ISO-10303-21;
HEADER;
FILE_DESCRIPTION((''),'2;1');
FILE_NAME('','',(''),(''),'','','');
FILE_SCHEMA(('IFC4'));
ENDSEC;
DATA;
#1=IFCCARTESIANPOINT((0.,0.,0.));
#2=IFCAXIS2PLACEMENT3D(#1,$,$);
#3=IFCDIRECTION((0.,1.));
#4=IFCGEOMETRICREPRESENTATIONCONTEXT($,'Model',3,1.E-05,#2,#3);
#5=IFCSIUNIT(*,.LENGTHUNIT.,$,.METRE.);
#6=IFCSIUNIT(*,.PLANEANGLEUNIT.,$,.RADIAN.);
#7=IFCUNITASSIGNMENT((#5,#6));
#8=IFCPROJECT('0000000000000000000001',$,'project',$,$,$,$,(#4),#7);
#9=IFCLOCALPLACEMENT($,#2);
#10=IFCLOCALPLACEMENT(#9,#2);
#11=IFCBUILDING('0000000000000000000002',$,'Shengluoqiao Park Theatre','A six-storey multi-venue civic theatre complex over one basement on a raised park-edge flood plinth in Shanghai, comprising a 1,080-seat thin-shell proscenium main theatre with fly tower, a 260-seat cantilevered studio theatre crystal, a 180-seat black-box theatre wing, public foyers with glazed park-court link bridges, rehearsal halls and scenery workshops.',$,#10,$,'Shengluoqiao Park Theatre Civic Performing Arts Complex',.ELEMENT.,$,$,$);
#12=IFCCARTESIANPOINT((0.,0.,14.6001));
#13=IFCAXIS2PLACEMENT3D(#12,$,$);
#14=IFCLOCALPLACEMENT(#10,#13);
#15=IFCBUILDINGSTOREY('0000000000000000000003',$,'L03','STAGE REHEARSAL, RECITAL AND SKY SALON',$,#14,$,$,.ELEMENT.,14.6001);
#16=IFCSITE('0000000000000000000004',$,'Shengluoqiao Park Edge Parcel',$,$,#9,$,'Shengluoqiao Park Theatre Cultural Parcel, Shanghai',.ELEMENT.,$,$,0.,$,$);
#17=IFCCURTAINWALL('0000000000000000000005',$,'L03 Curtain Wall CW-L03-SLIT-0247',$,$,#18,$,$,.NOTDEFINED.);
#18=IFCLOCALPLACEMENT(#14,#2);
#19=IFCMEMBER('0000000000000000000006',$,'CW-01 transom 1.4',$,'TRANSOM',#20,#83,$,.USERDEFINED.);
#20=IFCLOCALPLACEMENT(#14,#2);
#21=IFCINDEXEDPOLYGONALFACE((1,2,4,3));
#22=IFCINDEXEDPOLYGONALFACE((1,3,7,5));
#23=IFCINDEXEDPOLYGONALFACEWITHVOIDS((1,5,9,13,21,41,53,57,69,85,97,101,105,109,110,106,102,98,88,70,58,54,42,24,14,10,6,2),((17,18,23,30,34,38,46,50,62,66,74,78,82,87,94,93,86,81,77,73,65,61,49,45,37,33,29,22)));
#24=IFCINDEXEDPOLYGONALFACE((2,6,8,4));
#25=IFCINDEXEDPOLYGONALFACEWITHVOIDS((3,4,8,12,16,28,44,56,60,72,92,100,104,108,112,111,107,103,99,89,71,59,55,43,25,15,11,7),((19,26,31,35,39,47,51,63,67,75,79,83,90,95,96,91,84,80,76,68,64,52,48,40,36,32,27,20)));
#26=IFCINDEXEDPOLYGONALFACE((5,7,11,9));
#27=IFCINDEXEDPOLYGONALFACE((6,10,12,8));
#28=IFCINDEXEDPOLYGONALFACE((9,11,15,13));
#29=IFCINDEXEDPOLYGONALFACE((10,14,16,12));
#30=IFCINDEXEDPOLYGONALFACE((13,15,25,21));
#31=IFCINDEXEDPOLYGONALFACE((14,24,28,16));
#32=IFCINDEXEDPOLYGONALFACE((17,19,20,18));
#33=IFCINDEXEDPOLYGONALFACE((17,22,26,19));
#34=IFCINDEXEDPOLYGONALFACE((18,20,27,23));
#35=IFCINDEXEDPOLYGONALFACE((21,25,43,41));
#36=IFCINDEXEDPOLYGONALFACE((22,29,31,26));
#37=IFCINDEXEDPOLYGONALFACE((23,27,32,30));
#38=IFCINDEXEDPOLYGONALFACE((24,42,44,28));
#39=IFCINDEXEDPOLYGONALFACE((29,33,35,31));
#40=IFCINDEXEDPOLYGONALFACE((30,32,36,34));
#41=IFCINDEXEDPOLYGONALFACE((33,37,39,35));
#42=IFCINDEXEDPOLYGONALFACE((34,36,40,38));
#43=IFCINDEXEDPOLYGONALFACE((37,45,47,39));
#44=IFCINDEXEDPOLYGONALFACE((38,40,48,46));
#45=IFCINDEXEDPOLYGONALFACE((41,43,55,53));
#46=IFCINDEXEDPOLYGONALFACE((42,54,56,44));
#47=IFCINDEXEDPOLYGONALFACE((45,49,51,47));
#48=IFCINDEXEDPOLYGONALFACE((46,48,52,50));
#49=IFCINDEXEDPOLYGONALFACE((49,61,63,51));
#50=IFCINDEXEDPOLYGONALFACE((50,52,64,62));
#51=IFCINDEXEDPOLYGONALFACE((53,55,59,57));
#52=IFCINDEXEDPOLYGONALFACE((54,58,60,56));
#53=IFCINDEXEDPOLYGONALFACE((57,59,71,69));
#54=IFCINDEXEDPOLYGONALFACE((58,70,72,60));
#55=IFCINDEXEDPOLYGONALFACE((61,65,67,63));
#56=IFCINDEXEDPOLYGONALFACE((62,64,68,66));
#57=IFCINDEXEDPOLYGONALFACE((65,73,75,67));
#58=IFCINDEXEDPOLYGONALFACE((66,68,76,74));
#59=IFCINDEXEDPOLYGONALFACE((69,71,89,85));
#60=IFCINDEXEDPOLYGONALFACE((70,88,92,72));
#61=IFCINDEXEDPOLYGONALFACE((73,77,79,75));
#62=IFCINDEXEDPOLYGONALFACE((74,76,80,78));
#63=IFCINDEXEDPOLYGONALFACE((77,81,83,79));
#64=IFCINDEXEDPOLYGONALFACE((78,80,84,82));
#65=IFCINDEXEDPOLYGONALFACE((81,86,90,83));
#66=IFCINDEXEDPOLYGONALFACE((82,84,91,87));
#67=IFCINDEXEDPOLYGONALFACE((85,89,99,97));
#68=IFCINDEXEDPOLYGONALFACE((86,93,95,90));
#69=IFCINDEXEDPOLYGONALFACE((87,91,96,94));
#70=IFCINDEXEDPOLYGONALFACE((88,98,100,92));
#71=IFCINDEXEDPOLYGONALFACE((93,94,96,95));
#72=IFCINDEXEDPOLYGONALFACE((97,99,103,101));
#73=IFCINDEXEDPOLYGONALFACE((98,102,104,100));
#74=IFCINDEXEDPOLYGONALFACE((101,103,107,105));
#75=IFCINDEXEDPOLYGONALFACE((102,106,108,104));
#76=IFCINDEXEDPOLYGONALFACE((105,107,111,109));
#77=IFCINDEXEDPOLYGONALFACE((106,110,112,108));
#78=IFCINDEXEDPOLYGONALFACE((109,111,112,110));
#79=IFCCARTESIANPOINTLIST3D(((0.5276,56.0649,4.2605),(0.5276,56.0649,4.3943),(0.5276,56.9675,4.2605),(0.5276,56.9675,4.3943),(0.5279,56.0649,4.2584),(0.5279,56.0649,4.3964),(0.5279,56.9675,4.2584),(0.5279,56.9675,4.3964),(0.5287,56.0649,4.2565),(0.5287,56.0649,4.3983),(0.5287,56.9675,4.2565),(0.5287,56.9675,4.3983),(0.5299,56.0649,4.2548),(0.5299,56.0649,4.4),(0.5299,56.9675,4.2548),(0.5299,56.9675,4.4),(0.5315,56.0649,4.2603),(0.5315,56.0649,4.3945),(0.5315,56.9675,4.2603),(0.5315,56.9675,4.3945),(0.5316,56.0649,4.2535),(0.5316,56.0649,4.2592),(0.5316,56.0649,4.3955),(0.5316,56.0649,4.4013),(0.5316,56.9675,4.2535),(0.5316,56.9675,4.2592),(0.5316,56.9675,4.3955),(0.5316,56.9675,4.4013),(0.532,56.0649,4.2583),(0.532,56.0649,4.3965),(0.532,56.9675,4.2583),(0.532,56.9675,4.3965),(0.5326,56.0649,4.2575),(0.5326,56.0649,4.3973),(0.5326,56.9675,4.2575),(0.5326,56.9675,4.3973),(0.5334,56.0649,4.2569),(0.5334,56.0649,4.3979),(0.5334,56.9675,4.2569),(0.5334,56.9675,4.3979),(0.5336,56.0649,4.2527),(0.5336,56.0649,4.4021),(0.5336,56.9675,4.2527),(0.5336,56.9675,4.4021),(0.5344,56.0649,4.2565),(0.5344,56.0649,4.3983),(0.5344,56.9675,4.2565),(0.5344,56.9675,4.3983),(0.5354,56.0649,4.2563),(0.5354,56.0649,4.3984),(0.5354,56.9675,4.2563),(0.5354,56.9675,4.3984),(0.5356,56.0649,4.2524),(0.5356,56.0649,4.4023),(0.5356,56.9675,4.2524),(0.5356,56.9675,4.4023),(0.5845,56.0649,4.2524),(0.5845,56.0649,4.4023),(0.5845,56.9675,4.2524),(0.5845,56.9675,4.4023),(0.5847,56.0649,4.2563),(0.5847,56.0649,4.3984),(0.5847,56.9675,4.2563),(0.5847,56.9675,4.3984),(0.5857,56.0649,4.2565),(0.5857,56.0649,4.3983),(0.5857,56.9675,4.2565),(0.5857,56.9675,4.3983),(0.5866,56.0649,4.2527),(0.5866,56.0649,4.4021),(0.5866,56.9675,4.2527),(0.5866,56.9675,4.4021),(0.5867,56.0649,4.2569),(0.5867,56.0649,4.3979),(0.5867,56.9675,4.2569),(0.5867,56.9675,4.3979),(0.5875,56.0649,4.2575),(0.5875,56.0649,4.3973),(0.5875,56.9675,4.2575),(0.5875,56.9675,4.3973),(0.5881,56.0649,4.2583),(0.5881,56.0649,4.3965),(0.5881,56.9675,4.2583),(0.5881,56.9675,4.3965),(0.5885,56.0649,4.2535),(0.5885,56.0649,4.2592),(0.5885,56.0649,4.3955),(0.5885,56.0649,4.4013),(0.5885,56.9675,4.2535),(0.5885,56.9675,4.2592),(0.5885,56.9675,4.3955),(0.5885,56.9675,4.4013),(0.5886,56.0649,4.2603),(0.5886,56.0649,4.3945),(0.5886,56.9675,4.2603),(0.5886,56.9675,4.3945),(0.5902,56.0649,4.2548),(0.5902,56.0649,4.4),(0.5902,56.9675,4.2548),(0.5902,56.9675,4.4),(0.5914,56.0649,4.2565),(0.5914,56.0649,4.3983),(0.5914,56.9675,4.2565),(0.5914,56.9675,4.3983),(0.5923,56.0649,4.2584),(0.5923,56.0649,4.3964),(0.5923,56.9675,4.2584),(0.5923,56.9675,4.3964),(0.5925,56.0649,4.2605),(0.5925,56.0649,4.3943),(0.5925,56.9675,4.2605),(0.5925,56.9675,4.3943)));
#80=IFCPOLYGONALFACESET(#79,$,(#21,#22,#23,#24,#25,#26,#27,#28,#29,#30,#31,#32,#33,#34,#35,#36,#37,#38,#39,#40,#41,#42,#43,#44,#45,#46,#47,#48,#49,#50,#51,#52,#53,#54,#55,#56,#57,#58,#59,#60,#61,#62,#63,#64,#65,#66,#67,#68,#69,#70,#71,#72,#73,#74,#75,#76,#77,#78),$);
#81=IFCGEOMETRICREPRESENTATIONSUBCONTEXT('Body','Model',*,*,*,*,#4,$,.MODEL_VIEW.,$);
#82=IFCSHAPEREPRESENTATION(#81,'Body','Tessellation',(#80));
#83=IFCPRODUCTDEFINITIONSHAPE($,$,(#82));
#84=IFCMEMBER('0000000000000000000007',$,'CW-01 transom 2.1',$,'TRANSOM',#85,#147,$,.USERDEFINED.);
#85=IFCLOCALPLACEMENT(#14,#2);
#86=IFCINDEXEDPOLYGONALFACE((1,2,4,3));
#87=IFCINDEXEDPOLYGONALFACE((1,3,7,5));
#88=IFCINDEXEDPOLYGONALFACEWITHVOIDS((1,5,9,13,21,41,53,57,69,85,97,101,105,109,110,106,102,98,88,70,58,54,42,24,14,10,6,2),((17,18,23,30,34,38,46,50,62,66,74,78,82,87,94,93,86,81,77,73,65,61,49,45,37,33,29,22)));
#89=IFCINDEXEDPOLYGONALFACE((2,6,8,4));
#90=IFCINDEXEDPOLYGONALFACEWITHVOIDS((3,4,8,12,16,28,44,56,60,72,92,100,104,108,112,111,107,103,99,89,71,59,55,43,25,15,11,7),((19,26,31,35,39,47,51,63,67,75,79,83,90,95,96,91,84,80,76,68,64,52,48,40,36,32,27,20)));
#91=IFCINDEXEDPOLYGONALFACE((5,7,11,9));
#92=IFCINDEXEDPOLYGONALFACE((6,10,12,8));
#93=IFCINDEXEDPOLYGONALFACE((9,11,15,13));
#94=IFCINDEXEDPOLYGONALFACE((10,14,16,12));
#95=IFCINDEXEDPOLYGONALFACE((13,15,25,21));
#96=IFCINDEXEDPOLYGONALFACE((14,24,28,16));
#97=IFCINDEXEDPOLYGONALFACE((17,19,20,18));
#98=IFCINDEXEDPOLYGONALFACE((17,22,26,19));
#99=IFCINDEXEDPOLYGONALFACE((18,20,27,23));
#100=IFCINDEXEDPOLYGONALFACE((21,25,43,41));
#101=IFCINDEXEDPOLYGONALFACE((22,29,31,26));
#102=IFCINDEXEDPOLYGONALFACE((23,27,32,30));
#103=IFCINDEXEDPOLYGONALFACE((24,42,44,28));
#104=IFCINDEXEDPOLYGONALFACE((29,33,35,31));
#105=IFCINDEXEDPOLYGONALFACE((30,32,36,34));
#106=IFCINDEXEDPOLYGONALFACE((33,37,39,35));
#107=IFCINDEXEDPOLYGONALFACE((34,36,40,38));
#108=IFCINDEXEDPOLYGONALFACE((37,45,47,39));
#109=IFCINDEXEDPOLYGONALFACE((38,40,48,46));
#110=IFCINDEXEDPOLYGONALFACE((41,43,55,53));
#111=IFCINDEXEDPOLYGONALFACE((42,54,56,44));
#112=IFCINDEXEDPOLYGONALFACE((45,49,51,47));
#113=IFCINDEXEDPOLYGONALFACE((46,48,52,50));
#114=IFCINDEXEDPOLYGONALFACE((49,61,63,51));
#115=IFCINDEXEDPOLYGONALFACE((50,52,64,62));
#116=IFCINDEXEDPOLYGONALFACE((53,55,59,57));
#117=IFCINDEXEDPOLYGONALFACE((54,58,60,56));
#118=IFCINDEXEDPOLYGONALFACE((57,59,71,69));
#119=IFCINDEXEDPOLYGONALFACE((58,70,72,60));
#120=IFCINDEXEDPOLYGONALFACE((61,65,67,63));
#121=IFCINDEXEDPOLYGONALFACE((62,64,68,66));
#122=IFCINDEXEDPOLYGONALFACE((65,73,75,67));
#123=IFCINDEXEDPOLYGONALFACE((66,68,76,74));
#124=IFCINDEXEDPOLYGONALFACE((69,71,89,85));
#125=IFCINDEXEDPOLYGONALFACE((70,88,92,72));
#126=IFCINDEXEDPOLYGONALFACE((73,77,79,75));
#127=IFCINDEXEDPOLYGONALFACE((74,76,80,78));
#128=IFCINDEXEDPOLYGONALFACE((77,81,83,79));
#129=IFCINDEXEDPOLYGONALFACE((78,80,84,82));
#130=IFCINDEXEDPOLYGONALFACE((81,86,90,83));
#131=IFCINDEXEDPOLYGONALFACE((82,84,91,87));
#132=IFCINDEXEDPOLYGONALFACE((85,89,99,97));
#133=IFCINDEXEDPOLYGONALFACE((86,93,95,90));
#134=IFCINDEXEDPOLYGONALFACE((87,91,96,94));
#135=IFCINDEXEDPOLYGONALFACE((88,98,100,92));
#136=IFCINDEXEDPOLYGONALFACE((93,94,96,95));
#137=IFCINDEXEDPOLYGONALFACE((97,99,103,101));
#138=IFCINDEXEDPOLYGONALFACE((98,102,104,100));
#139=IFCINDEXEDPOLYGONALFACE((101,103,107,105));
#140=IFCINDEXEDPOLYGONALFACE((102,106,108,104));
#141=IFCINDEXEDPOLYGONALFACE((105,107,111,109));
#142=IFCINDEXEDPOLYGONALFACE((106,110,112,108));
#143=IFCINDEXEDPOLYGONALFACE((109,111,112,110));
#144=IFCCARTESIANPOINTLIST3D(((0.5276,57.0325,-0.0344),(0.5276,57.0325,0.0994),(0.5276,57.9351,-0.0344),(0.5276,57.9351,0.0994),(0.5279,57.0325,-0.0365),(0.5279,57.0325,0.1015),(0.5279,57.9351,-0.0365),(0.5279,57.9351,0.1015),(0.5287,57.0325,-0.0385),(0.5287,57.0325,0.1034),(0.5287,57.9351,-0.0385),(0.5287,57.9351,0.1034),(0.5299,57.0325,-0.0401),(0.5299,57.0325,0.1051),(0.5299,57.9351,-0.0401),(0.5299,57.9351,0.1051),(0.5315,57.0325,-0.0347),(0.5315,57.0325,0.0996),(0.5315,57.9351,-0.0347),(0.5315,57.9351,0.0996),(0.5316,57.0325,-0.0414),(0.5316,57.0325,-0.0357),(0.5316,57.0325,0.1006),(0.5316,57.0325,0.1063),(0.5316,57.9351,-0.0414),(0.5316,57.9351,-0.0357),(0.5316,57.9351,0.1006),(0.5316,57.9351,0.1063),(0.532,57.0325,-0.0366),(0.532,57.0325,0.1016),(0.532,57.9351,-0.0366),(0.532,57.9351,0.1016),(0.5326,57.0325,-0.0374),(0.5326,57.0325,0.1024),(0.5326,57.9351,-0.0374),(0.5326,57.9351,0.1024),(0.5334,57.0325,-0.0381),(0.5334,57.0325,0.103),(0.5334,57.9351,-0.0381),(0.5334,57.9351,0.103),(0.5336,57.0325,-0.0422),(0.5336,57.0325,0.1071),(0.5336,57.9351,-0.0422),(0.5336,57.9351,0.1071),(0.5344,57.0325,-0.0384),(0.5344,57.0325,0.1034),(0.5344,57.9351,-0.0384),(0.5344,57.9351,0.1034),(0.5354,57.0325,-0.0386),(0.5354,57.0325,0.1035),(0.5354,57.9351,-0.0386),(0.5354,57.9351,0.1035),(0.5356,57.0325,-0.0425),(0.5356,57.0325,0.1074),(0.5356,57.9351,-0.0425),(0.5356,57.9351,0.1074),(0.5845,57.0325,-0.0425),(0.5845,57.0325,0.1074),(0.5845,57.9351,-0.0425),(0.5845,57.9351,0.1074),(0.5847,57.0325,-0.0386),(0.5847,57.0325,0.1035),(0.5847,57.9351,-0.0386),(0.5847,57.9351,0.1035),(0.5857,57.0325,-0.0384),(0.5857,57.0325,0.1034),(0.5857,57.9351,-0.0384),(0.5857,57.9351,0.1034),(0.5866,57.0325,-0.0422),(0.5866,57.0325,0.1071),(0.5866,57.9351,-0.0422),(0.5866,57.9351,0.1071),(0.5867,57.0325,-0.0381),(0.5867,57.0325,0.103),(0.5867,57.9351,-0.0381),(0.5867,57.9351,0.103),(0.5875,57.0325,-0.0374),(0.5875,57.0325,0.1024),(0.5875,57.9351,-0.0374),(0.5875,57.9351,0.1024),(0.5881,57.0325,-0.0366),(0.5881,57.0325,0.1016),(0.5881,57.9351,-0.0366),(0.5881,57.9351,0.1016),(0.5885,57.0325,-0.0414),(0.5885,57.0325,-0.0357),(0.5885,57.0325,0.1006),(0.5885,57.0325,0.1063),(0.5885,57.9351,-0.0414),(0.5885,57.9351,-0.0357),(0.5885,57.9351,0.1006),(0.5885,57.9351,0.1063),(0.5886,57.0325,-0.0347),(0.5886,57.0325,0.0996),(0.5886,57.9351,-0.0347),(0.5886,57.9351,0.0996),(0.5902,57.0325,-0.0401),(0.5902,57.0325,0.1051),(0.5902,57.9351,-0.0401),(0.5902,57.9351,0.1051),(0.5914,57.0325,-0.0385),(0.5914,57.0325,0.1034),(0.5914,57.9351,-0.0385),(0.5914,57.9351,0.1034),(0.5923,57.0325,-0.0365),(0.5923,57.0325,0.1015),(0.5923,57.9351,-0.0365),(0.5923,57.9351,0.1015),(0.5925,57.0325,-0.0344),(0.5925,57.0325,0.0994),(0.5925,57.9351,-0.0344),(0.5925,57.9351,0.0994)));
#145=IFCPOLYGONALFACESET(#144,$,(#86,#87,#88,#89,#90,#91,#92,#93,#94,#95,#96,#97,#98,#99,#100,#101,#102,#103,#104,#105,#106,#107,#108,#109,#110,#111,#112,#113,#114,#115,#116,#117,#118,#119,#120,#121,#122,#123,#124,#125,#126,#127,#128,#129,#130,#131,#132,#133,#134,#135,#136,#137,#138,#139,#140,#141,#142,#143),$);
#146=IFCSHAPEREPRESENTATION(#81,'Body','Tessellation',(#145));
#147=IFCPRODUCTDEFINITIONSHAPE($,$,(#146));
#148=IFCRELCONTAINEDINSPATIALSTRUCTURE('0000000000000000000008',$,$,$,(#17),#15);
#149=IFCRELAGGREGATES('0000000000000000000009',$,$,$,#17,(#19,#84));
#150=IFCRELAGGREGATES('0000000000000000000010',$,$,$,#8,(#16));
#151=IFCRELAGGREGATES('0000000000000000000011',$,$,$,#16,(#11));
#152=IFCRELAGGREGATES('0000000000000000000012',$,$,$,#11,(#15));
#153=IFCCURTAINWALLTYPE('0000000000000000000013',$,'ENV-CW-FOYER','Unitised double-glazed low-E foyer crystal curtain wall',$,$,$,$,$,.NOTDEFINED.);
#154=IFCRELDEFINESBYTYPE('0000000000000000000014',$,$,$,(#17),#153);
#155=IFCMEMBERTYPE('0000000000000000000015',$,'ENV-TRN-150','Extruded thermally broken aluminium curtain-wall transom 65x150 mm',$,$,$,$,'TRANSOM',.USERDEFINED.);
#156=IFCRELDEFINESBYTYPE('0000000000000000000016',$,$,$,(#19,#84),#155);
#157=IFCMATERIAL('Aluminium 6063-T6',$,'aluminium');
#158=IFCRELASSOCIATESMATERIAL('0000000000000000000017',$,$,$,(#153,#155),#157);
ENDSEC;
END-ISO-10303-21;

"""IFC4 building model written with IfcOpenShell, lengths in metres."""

from ifc_helpers import new_model, si_unit, direction, frame, origin, origin_2d, place, context, subcontext, project, spatial, hollow_rectangle, extrude, material, material_profile, profile_set, type_object, element, aggregate, save


model = new_model("IFC4")

# Units and contexts
model_context = context("Model", 3, precision=1e-05, world=origin(), true_north=direction((0.0, 1.0)))
body_context = subcontext(model_context, "Body", "Model", "MODEL_VIEW")
ifc_project = project(units=[si_unit("LENGTHUNIT", "METRE"), si_unit("PLANEANGLEUNIT", "RADIAN")], contexts=[model_context])

# Site, building, storey
site_placement = place(None, origin())
site = spatial("IfcSite", under=ifc_project, at=site_placement, Name="Shengluoqiao Park Edge Parcel", LongName="Shengluoqiao Park Theatre Cultural Parcel, Shanghai", CompositionType="ELEMENT", RefElevation=0.0)
building_placement = place(site_placement, origin())
building = spatial("IfcBuilding", under=site, at=building_placement, Name="Shengluoqiao Park Theatre", Description="A six-storey multi-venue civic theatre complex over one basement on a raised park-edge flood plinth in Shanghai, comprising a 1,080-seat thin-shell proscenium main theatre with fly tower, a 260-seat cantilevered studio theatre crystal, a 180-seat black-box theatre wing, public foyers with glazed park-court link bridges, rehearsal halls and scenery workshops.", LongName="Shengluoqiao Park Theatre Civic Performing Arts Complex", CompositionType="ELEMENT")
storey_placement = place(building_placement, frame((0.0, 0.0, 14.6001)))
storey = spatial("IfcBuildingStorey", under=building, at=storey_placement, Name="L03", Description="STAGE REHEARSAL, RECITAL AND SKY SALON", CompositionType="ELEMENT", Elevation=14.6001)

# Curtain wall, members
ifc_material_1 = material(Name="Aluminium 6063-T6", Category="aluminium")
curtain_wall_type = type_object("IfcCurtainWallType", Name="ENV-CW-FOYER", Description="Unitised double-glazed low-E foyer crystal curtain wall", PredefinedType="NOTDEFINED", material=ifc_material_1)
curtain_wall_placement = place(storey_placement, origin())
curtain_wall = element("IfcCurtainWall", 1, at=curtain_wall_placement, inside=storey, type_object=curtain_wall_type, Name="L03 Curtain Wall CW-L03-SLIT-0247", PredefinedType="NOTDEFINED")
ifc_material_profile_1 = material_profile(ifc_material_1, hollow_rectangle(XDim=0.0649, YDim=0.1499, WallThickness=0.0039, InnerFilletRadius=0.0039, OuterFilletRadius=0.0081, at=origin_2d()), Name="ALU TRANSOM 150x65x4")
ifc_profile_set_1 = profile_set([ifc_material_profile_1], Name="Aluminium 6063-T6")
member_type_1 = type_object("IfcMemberType", Name="ENV-TRN-150", Description="Extruded thermally broken aluminium curtain-wall transom 65x150 mm", ElementType="TRANSOM", PredefinedType="USERDEFINED", material=ifc_profile_set_1)
member_1_placement = place(storey_placement, frame((0.5601, 56.0649, 4.3274), z_axis=(0.0, 1.0, 0.0), x_axis=(-1.0, 0.0, 0.0)))
member_1 = element("IfcMember", 2, at=member_1_placement, type_object=member_type_1, Name="CW-01 transom 1.4", ObjectType="TRANSOM", PredefinedType="USERDEFINED", context=body_context, shape_type="SweptSolid", body=[
    extrude(hollow_rectangle(XDim=0.0649, YDim=0.1499, WallThickness=0.0039, InnerFilletRadius=0.0039, OuterFilletRadius=0.0081, at=origin_2d()), origin(), (0.0, 0.0, 1.0), 0.9026),
])
member_2_placement = place(storey_placement, frame((0.5601, 57.0325, 0.0325), z_axis=(0.0, 1.0, 0.0), x_axis=(-1.0, 0.0, 0.0)))
member_2 = element("IfcMember", 3, at=member_2_placement, type_object=member_type_1, Name="CW-01 transom 2.1", ObjectType="TRANSOM", PredefinedType="USERDEFINED", context=body_context, shape_type="SweptSolid", body=[
    extrude(hollow_rectangle(XDim=0.0649, YDim=0.1499, WallThickness=0.0039, InnerFilletRadius=0.0039, OuterFilletRadius=0.0081, at=origin_2d()), origin(), (0.0, 0.0, 1.0), 0.9026),
])

aggregate(curtain_wall, [member_1, member_2])

save(model, "model.ifc")
